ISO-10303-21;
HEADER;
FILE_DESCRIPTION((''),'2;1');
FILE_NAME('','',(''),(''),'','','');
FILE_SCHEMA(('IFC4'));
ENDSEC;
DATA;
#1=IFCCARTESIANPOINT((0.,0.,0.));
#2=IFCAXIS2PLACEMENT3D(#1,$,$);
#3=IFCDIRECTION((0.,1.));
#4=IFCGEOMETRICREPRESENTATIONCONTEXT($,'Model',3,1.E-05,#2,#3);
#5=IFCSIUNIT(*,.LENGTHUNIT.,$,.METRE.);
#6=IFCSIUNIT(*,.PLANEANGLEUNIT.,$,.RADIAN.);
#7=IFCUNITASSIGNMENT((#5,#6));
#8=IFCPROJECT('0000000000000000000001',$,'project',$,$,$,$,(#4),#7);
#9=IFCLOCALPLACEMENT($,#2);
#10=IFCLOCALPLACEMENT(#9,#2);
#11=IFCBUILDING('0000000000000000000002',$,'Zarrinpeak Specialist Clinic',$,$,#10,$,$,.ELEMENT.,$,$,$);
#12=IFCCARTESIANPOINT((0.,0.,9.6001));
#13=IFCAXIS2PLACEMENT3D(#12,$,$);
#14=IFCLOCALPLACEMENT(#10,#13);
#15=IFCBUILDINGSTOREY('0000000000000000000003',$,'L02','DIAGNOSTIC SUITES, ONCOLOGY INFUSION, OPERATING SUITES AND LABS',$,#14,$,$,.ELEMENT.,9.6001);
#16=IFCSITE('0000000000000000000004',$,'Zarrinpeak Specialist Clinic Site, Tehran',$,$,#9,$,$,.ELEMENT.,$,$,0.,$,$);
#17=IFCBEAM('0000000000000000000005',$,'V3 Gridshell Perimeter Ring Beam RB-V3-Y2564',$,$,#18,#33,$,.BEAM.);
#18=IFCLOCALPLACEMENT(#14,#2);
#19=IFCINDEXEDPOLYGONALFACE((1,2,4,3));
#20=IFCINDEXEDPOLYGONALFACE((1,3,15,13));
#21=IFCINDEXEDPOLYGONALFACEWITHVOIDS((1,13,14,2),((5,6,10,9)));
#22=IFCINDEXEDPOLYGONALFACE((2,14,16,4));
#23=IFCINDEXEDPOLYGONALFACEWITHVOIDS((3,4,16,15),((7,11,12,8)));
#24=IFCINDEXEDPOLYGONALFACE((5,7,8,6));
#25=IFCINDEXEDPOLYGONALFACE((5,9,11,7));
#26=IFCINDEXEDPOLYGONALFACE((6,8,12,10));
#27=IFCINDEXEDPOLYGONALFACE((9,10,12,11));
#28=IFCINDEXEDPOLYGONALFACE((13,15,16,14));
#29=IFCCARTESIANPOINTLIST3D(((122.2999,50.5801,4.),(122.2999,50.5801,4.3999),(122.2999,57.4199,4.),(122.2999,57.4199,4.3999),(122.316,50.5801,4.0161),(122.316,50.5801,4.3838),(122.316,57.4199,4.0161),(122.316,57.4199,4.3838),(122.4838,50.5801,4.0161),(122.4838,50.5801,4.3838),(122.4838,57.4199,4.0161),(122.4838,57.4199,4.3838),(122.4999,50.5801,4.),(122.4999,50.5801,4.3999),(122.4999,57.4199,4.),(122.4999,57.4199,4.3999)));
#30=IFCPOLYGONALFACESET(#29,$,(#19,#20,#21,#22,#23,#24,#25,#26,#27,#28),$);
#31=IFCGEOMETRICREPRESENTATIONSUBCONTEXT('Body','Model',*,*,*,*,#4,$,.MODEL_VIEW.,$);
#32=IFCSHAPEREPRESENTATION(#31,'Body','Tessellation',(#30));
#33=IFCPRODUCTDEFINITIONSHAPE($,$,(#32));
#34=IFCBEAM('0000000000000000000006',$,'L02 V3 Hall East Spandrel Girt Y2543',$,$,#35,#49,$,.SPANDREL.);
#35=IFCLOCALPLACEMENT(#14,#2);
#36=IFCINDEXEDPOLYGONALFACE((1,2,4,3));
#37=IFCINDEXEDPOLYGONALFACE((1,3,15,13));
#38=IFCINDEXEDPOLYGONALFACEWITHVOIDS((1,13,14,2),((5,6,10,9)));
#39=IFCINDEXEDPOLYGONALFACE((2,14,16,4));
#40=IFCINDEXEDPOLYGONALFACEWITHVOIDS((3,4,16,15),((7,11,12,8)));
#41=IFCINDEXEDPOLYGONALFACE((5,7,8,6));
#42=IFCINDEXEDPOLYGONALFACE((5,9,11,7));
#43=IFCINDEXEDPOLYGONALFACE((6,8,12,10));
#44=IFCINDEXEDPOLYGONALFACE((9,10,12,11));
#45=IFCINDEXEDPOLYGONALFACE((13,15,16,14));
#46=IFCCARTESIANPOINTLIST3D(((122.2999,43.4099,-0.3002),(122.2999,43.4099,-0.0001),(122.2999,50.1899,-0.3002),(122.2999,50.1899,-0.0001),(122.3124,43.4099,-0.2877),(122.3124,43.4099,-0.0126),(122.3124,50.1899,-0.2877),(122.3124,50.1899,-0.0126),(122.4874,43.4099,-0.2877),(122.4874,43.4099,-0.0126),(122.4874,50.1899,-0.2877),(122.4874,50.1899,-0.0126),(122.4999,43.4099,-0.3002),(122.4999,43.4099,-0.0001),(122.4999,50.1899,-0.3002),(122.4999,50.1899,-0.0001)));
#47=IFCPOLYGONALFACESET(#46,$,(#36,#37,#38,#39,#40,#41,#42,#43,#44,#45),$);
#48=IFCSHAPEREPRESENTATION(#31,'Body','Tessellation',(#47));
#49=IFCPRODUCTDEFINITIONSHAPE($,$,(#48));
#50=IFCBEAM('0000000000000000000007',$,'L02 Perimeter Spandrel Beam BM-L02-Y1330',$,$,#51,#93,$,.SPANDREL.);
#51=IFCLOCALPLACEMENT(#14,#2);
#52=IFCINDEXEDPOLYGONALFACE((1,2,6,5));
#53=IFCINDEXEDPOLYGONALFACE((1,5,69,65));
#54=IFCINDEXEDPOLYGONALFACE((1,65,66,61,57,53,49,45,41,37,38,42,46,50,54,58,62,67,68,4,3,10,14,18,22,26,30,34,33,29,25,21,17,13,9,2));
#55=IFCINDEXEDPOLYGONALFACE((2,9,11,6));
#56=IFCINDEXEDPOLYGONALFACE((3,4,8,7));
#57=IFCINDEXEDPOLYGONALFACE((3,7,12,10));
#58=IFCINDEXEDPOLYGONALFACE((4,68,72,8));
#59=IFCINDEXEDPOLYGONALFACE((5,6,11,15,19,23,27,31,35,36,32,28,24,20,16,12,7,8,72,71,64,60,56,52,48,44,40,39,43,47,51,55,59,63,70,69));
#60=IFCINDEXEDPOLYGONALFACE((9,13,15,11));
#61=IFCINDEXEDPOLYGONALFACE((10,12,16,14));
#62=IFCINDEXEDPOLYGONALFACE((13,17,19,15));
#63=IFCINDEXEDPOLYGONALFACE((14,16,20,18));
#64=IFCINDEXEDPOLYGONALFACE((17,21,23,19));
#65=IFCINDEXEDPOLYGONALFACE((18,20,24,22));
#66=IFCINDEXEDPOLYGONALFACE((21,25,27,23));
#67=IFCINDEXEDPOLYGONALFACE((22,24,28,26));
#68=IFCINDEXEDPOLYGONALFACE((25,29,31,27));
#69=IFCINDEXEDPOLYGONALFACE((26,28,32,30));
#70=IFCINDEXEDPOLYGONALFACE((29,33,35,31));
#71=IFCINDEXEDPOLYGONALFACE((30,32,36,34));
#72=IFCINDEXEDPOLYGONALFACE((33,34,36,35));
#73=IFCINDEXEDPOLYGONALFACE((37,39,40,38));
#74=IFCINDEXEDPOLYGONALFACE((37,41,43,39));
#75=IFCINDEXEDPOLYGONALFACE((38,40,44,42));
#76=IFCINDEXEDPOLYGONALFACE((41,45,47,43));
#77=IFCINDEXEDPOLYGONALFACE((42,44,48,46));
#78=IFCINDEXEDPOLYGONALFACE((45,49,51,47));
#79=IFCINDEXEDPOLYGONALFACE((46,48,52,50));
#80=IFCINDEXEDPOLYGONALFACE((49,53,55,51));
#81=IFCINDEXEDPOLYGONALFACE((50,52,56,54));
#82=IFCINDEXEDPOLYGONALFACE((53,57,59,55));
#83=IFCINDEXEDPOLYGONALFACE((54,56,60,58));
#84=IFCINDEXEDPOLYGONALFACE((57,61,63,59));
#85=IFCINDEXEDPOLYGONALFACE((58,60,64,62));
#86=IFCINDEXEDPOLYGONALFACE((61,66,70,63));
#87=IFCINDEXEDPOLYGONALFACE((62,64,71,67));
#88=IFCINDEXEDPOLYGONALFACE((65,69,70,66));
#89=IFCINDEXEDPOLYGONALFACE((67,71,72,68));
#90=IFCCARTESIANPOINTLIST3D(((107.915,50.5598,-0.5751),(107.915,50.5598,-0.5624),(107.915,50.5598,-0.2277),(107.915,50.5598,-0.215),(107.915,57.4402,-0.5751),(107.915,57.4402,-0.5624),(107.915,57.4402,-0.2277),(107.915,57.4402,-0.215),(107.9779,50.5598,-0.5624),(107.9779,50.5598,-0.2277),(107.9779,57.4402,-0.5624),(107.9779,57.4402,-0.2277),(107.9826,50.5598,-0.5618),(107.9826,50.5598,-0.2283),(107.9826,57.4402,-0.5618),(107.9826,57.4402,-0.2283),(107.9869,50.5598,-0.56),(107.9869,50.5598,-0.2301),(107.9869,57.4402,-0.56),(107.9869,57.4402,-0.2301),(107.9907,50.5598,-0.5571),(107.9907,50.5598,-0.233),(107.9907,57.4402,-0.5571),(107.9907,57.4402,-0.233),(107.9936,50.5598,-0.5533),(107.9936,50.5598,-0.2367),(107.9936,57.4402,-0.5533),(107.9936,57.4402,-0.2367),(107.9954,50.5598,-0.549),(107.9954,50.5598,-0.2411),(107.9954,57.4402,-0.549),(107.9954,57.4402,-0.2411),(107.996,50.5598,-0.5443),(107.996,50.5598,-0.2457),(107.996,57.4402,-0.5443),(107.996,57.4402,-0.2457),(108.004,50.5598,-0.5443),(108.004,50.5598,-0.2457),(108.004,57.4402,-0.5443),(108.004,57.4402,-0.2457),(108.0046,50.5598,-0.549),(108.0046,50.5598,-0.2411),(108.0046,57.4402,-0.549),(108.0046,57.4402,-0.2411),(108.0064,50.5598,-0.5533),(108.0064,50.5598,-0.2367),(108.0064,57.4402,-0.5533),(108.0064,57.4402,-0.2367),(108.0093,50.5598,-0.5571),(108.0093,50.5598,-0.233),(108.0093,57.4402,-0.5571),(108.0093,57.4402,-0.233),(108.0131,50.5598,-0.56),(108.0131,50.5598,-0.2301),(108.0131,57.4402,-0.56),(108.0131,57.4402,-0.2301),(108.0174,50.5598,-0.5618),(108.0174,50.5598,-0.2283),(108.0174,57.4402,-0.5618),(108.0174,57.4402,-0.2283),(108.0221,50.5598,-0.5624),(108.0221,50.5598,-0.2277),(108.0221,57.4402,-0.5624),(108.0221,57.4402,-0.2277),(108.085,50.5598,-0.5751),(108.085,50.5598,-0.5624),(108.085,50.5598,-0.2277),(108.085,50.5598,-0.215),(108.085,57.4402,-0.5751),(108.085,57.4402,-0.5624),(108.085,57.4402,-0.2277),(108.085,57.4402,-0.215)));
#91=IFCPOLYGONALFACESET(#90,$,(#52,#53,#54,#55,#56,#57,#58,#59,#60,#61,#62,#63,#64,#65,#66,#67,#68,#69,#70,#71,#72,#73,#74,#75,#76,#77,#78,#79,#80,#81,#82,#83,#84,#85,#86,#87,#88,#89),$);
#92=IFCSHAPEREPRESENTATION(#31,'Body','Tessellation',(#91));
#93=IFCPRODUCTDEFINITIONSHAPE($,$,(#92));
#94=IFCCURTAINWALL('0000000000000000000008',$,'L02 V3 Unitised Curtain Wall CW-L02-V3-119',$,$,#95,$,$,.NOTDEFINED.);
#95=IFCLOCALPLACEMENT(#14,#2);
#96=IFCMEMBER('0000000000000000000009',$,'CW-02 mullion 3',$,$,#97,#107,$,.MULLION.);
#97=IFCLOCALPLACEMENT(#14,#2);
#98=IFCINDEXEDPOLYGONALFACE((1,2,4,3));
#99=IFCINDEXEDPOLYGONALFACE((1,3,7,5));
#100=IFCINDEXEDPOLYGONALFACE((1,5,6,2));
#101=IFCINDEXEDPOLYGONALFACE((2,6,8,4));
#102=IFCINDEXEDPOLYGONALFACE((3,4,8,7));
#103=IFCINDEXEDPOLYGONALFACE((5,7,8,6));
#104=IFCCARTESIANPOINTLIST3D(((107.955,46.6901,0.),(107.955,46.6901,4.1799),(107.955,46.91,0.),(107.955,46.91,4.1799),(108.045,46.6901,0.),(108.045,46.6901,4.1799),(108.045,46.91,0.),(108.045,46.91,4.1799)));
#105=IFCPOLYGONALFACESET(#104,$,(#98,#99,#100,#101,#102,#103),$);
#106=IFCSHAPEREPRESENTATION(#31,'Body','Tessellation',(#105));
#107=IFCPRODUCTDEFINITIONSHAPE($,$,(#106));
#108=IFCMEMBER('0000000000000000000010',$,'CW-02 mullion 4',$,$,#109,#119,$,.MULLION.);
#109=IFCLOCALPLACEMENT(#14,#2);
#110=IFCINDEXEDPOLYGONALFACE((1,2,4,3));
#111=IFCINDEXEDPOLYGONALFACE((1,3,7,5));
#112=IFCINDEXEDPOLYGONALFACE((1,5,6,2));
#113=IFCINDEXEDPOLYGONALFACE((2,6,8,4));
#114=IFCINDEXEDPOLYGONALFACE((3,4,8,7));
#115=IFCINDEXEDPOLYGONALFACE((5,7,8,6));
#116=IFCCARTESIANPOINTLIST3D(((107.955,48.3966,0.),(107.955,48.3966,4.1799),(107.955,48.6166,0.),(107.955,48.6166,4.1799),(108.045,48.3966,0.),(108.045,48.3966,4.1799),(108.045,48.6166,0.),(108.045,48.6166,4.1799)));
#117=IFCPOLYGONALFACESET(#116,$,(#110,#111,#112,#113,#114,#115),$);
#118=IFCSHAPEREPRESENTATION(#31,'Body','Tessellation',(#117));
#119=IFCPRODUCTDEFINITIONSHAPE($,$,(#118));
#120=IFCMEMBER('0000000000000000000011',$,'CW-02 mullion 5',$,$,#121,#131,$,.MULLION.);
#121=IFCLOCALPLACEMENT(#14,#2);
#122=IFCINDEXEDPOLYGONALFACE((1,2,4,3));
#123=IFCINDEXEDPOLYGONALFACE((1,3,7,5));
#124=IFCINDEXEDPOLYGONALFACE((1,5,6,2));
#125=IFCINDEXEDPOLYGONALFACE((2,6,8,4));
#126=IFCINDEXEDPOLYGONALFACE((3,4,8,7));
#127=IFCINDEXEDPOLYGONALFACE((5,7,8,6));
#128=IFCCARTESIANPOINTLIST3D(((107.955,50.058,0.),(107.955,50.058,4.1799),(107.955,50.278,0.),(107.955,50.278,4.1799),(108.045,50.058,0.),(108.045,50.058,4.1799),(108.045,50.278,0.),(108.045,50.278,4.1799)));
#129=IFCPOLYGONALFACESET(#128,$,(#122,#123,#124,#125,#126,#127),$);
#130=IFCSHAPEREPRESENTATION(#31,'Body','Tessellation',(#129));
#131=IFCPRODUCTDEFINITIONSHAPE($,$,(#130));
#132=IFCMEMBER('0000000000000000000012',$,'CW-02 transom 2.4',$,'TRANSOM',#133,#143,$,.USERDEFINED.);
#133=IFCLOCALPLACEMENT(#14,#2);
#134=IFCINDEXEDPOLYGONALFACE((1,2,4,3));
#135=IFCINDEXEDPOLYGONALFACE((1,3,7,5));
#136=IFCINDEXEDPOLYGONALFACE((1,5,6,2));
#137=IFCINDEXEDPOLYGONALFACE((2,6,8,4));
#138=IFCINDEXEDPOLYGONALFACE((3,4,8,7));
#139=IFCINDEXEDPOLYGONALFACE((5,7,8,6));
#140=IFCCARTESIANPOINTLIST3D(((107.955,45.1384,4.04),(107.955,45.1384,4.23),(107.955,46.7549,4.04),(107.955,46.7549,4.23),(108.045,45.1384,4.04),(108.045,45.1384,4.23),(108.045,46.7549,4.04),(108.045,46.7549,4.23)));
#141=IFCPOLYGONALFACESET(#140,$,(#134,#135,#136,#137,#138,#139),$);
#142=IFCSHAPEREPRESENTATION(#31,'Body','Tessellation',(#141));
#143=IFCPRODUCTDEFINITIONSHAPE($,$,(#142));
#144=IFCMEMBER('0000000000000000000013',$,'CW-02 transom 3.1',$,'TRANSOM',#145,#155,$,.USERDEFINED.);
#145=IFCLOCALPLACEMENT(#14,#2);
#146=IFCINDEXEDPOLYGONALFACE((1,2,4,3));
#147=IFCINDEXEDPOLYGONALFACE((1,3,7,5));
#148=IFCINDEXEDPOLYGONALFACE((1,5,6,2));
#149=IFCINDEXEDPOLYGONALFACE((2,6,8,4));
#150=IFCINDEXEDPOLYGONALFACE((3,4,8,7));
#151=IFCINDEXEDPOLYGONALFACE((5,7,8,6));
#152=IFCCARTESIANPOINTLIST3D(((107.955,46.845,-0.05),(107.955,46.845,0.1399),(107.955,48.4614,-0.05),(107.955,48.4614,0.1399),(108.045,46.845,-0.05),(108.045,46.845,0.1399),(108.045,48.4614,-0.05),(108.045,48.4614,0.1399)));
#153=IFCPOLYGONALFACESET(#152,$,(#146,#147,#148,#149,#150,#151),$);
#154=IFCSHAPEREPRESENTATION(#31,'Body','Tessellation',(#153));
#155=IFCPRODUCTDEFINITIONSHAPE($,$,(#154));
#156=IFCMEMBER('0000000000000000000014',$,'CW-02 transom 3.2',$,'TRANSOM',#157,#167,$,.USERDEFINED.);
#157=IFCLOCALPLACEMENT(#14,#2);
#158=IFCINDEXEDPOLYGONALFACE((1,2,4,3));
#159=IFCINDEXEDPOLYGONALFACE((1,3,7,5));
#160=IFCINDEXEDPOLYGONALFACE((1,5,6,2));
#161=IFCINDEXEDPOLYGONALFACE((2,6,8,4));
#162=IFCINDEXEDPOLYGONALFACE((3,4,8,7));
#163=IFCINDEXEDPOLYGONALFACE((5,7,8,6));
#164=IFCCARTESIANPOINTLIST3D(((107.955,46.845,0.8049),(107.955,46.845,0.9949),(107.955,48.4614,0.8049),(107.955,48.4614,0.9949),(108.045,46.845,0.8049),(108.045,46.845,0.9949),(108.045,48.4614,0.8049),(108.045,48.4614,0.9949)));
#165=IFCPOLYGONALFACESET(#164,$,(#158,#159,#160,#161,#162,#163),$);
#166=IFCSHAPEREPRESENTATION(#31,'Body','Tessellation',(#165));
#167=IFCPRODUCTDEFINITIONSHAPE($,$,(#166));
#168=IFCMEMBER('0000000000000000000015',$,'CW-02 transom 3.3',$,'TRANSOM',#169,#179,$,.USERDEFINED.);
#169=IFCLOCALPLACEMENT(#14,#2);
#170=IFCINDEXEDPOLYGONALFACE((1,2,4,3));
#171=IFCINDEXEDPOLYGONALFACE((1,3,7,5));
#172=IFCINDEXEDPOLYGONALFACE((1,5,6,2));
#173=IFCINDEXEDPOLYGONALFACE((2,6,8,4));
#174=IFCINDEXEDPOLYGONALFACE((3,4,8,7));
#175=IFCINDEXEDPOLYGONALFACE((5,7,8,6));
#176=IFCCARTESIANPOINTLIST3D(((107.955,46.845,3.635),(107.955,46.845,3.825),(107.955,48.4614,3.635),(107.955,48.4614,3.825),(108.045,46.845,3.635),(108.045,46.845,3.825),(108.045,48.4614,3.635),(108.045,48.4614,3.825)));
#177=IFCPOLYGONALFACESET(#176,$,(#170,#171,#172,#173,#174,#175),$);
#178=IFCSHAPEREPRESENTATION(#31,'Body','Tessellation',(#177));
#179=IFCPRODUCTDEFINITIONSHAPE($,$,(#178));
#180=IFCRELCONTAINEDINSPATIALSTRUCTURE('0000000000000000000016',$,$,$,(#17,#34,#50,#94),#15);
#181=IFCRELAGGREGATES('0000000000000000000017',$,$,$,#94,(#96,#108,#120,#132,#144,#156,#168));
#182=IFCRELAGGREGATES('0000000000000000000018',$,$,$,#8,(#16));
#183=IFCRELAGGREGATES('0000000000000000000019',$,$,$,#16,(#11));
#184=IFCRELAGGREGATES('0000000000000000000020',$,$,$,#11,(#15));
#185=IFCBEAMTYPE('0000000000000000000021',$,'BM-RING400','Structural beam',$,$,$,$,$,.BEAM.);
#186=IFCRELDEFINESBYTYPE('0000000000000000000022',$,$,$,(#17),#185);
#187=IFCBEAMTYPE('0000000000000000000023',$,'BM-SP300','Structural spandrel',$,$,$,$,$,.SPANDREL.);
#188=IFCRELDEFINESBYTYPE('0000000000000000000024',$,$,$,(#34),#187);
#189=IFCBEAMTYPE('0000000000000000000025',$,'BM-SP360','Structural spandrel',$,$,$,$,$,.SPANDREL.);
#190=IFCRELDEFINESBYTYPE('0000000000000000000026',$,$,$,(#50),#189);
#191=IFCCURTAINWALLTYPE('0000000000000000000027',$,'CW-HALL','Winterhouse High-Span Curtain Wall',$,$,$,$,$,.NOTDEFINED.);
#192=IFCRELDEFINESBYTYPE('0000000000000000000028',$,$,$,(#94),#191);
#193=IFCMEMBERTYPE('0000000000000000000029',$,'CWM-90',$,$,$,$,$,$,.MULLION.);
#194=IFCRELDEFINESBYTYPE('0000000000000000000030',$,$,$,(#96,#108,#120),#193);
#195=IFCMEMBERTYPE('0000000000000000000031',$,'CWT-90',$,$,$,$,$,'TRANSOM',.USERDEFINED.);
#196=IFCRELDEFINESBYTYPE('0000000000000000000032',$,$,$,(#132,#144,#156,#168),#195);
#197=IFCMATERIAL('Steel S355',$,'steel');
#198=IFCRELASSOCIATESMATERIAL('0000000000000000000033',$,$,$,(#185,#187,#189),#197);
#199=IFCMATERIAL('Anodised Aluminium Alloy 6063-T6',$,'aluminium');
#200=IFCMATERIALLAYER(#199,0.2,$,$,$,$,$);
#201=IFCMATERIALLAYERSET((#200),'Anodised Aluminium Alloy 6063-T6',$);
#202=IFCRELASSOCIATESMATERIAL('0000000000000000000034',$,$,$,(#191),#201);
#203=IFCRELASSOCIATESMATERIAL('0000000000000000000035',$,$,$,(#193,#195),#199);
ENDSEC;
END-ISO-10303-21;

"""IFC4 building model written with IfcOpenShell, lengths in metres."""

from ifc_helpers import new_model, si_unit, direction, frame, origin, origin_2d, place, context, subcontext, project, spatial, rectangle, hollow_rectangle, i_section, extrude, material, layer, layer_set, material_profile, profile_set, type_object, element, aggregate, save


model = new_model("IFC4")

# Units and contexts
model_context = context("Model", 3, precision=1e-05, world=origin(), true_north=direction((0.0, 1.0)))
body_context = subcontext(model_context, "Body", "Model", "MODEL_VIEW")
ifc_project = project(units=[si_unit("LENGTHUNIT", "METRE"), si_unit("PLANEANGLEUNIT", "RADIAN")], contexts=[model_context])

# Site, building, storey
site_placement = place(None, origin())
site = spatial("IfcSite", under=ifc_project, at=site_placement, Name="Zarrinpeak Specialist Clinic Site, Tehran", CompositionType="ELEMENT", RefElevation=0.0)
building_placement = place(site_placement, origin())
building = spatial("IfcBuilding", under=site, at=building_placement, Name="Zarrinpeak Specialist Clinic", CompositionType="ELEMENT")
storey_placement = place(building_placement, frame((0.0, 0.0, 9.6001)))
storey = spatial("IfcBuildingStorey", under=building, at=storey_placement, Name="L02", Description="DIAGNOSTIC SUITES, ONCOLOGY INFUSION, OPERATING SUITES AND LABS", CompositionType="ELEMENT", Elevation=9.6001)

# Shared definitions
ifc_material_1 = material(Name="Steel S355", Category="steel")

# Beams
ifc_material_profile_1 = material_profile(ifc_material_1, hollow_rectangle(XDim=0.2, YDim=0.3999, WallThickness=0.0161, at=origin_2d()), Name="RHS 400x200x16.0")
ifc_profile_set_1 = profile_set([ifc_material_profile_1], Name="Steel S355")
beam_type_1 = type_object("IfcBeamType", Name="BM-RING400", Description="Structural beam", PredefinedType="BEAM", material=ifc_profile_set_1)
beam_1_placement = place(storey_placement, frame((122.3999, 50.5801, 4.2), z_axis=(0.0, 1.0, 0.0), x_axis=(-1.0, 0.0, 0.0)))
element("IfcBeam", 1, at=beam_1_placement, inside=storey, type_object=beam_type_1, Name="V3 Gridshell Perimeter Ring Beam RB-V3-Y2564", PredefinedType="BEAM", context=body_context, shape_type="SweptSolid", body=[
    extrude(hollow_rectangle(XDim=0.2, YDim=0.3999, WallThickness=0.0161, at=origin_2d()), origin(), (0.0, 0.0, 1.0), 6.8398),
])
ifc_material_profile_2 = material_profile(ifc_material_1, hollow_rectangle(XDim=0.2, YDim=0.3, WallThickness=0.0125, at=origin_2d()), Name="RHS 300x200x12.5")
ifc_profile_set_2 = profile_set([ifc_material_profile_2], Name="Steel S355")
beam_type_2 = type_object("IfcBeamType", Name="BM-SP300", Description="Structural spandrel", PredefinedType="SPANDREL", material=ifc_profile_set_2)
beam_2_placement = place(storey_placement, frame((122.3999, 43.4099, -0.1501), z_axis=(0.0, 1.0, 0.0), x_axis=(-1.0, 0.0, 0.0)))
element("IfcBeam", 2, at=beam_2_placement, inside=storey, type_object=beam_type_2, Name="L02 V3 Hall East Spandrel Girt Y2543", PredefinedType="SPANDREL", context=body_context, shape_type="SweptSolid", body=[
    extrude(hollow_rectangle(XDim=0.2, YDim=0.3, WallThickness=0.0125, at=origin_2d()), origin(), (0.0, 0.0, 1.0), 6.78),
])
ifc_material_profile_3 = material_profile(ifc_material_1, i_section(OverallWidth=0.1699, OverallDepth=0.3601, WebThickness=0.0081, FlangeThickness=0.0127, FilletRadius=0.0181, at=origin_2d()), Name="IPE 360")
ifc_profile_set_3 = profile_set([ifc_material_profile_3], Name="Steel S355")
beam_type_3 = type_object("IfcBeamType", Name="BM-SP360", Description="Structural spandrel", PredefinedType="SPANDREL", material=ifc_profile_set_3)
beam_3_placement = place(storey_placement, frame((108.0, 50.5598, -0.395), z_axis=(0.0, 1.0, 0.0), x_axis=(-1.0, 0.0, 0.0)))
element("IfcBeam", 3, at=beam_3_placement, inside=storey, type_object=beam_type_3, Name="L02 Perimeter Spandrel Beam BM-L02-Y1330", PredefinedType="SPANDREL", context=body_context, shape_type="SweptSolid", body=[
    extrude(i_section(OverallWidth=0.1699, OverallDepth=0.3601, WebThickness=0.0081, FlangeThickness=0.0127, FilletRadius=0.0181, at=origin_2d()), origin(), (0.0, 0.0, 1.0), 6.8804),
])

# Curtain wall, members
ifc_material_2 = material(Name="Anodised Aluminium Alloy 6063-T6", Category="aluminium")
ifc_layer_1 = layer(ifc_material_2, 0.2)
ifc_layer_set_1 = layer_set([ifc_layer_1], Name="Anodised Aluminium Alloy 6063-T6")
curtain_wall_type = type_object("IfcCurtainWallType", Name="CW-HALL", Description="Winterhouse High-Span Curtain Wall", PredefinedType="NOTDEFINED", material=ifc_layer_set_1)
curtain_wall_placement = place(storey_placement, origin())
curtain_wall = element("IfcCurtainWall", 4, at=curtain_wall_placement, inside=storey, type_object=curtain_wall_type, Name="L02 V3 Unitised Curtain Wall CW-L02-V3-119", PredefinedType="NOTDEFINED")
ifc_material_profile_4 = material_profile(ifc_material_2, rectangle(XDim=0.0901, YDim=0.22, at=origin_2d()), Name="ALU 90x220")
ifc_profile_set_4 = profile_set([ifc_material_profile_4], Name="Anodised Aluminium Alloy 6063-T6")
member_type_1 = type_object("IfcMemberType", Name="CWM-90", PredefinedType="MULLION", material=ifc_profile_set_4)
member_1_placement = place(storey_placement, frame((108.0, 46.8, 0.0), z_axis=(0.0, 0.0, 1.0), x_axis=(-1.0, 0.0, 0.0)))
member_1 = element("IfcMember", 5, at=member_1_placement, type_object=member_type_1, Name="CW-02 mullion 3", PredefinedType="MULLION", context=body_context, shape_type="SweptSolid", body=[
    extrude(rectangle(XDim=0.0901, YDim=0.22, at=origin_2d()), origin(), (0.0, 0.0, 1.0), 4.1799),
])
member_2_placement = place(storey_placement, frame((108.0, 48.5066, 0.0), z_axis=(0.0, 0.0, 1.0), x_axis=(-1.0, 0.0, 0.0)))
member_2 = element("IfcMember", 6, at=member_2_placement, type_object=member_type_1, Name="CW-02 mullion 4", PredefinedType="MULLION", context=body_context, shape_type="SweptSolid", body=[
    extrude(rectangle(XDim=0.0901, YDim=0.22, at=origin_2d()), origin(), (0.0, 0.0, 1.0), 4.1799),
])
member_3_placement = place(storey_placement, frame((108.0, 50.168, 0.0), z_axis=(0.0, 0.0, 1.0), x_axis=(-1.0, 0.0, 0.0)))
member_3 = element("IfcMember", 7, at=member_3_placement, type_object=member_type_1, Name="CW-02 mullion 5", PredefinedType="MULLION", context=body_context, shape_type="SweptSolid", body=[
    extrude(rectangle(XDim=0.0901, YDim=0.22, at=origin_2d()), origin(), (0.0, 0.0, 1.0), 4.1799),
])
ifc_material_profile_5 = material_profile(ifc_material_2, rectangle(XDim=0.0901, YDim=0.1899, at=origin_2d()), Name="ALU 90x190")
ifc_profile_set_5 = profile_set([ifc_material_profile_5], Name="Anodised Aluminium Alloy 6063-T6")
member_type_2 = type_object("IfcMemberType", Name="CWT-90", ElementType="TRANSOM", PredefinedType="USERDEFINED", material=ifc_profile_set_5)
member_4_placement = place(storey_placement, frame((108.0, 45.1384, 4.135), z_axis=(0.0, 1.0, 0.0), x_axis=(-1.0, 0.0, 0.0)))
member_4 = element("IfcMember", 8, at=member_4_placement, type_object=member_type_2, Name="CW-02 transom 2.4", ObjectType="TRANSOM", PredefinedType="USERDEFINED", context=body_context, shape_type="SweptSolid", body=[
    extrude(rectangle(XDim=0.0901, YDim=0.1899, at=origin_2d()), origin(), (0.0, 0.0, 1.0), 1.6165),
])
member_5_placement = place(storey_placement, frame((108.0, 46.845, 0.0449), z_axis=(0.0, 1.0, 0.0), x_axis=(-1.0, 0.0, 0.0)))
member_5 = element("IfcMember", 9, at=member_5_placement, type_object=member_type_2, Name="CW-02 transom 3.1", ObjectType="TRANSOM", PredefinedType="USERDEFINED", context=body_context, shape_type="SweptSolid", body=[
    extrude(rectangle(XDim=0.0901, YDim=0.1899, at=origin_2d()), origin(), (0.0, 0.0, 1.0), 1.6165),
])
member_6_placement = place(storey_placement, frame((108.0, 46.845, 0.8999), z_axis=(0.0, 1.0, 0.0), x_axis=(-1.0, 0.0, 0.0)))
member_6 = element("IfcMember", 10, at=member_6_placement, type_object=member_type_2, Name="CW-02 transom 3.2", ObjectType="TRANSOM", PredefinedType="USERDEFINED", context=body_context, shape_type="SweptSolid", body=[
    extrude(rectangle(XDim=0.0901, YDim=0.1899, at=origin_2d()), origin(), (0.0, 0.0, 1.0), 1.6165),
])
member_7_placement = place(storey_placement, frame((108.0, 46.845, 3.73), z_axis=(0.0, 1.0, 0.0), x_axis=(-1.0, 0.0, 0.0)))
member_7 = element("IfcMember", 11, at=member_7_placement, type_object=member_type_2, Name="CW-02 transom 3.3", ObjectType="TRANSOM", PredefinedType="USERDEFINED", context=body_context, shape_type="SweptSolid", body=[
    extrude(rectangle(XDim=0.0901, YDim=0.1899, at=origin_2d()), origin(), (0.0, 0.0, 1.0), 1.6165),
])
aggregate(curtain_wall, [member_1, member_2, member_3, member_4, member_5, member_6, member_7])

save(model, "model.ifc")
